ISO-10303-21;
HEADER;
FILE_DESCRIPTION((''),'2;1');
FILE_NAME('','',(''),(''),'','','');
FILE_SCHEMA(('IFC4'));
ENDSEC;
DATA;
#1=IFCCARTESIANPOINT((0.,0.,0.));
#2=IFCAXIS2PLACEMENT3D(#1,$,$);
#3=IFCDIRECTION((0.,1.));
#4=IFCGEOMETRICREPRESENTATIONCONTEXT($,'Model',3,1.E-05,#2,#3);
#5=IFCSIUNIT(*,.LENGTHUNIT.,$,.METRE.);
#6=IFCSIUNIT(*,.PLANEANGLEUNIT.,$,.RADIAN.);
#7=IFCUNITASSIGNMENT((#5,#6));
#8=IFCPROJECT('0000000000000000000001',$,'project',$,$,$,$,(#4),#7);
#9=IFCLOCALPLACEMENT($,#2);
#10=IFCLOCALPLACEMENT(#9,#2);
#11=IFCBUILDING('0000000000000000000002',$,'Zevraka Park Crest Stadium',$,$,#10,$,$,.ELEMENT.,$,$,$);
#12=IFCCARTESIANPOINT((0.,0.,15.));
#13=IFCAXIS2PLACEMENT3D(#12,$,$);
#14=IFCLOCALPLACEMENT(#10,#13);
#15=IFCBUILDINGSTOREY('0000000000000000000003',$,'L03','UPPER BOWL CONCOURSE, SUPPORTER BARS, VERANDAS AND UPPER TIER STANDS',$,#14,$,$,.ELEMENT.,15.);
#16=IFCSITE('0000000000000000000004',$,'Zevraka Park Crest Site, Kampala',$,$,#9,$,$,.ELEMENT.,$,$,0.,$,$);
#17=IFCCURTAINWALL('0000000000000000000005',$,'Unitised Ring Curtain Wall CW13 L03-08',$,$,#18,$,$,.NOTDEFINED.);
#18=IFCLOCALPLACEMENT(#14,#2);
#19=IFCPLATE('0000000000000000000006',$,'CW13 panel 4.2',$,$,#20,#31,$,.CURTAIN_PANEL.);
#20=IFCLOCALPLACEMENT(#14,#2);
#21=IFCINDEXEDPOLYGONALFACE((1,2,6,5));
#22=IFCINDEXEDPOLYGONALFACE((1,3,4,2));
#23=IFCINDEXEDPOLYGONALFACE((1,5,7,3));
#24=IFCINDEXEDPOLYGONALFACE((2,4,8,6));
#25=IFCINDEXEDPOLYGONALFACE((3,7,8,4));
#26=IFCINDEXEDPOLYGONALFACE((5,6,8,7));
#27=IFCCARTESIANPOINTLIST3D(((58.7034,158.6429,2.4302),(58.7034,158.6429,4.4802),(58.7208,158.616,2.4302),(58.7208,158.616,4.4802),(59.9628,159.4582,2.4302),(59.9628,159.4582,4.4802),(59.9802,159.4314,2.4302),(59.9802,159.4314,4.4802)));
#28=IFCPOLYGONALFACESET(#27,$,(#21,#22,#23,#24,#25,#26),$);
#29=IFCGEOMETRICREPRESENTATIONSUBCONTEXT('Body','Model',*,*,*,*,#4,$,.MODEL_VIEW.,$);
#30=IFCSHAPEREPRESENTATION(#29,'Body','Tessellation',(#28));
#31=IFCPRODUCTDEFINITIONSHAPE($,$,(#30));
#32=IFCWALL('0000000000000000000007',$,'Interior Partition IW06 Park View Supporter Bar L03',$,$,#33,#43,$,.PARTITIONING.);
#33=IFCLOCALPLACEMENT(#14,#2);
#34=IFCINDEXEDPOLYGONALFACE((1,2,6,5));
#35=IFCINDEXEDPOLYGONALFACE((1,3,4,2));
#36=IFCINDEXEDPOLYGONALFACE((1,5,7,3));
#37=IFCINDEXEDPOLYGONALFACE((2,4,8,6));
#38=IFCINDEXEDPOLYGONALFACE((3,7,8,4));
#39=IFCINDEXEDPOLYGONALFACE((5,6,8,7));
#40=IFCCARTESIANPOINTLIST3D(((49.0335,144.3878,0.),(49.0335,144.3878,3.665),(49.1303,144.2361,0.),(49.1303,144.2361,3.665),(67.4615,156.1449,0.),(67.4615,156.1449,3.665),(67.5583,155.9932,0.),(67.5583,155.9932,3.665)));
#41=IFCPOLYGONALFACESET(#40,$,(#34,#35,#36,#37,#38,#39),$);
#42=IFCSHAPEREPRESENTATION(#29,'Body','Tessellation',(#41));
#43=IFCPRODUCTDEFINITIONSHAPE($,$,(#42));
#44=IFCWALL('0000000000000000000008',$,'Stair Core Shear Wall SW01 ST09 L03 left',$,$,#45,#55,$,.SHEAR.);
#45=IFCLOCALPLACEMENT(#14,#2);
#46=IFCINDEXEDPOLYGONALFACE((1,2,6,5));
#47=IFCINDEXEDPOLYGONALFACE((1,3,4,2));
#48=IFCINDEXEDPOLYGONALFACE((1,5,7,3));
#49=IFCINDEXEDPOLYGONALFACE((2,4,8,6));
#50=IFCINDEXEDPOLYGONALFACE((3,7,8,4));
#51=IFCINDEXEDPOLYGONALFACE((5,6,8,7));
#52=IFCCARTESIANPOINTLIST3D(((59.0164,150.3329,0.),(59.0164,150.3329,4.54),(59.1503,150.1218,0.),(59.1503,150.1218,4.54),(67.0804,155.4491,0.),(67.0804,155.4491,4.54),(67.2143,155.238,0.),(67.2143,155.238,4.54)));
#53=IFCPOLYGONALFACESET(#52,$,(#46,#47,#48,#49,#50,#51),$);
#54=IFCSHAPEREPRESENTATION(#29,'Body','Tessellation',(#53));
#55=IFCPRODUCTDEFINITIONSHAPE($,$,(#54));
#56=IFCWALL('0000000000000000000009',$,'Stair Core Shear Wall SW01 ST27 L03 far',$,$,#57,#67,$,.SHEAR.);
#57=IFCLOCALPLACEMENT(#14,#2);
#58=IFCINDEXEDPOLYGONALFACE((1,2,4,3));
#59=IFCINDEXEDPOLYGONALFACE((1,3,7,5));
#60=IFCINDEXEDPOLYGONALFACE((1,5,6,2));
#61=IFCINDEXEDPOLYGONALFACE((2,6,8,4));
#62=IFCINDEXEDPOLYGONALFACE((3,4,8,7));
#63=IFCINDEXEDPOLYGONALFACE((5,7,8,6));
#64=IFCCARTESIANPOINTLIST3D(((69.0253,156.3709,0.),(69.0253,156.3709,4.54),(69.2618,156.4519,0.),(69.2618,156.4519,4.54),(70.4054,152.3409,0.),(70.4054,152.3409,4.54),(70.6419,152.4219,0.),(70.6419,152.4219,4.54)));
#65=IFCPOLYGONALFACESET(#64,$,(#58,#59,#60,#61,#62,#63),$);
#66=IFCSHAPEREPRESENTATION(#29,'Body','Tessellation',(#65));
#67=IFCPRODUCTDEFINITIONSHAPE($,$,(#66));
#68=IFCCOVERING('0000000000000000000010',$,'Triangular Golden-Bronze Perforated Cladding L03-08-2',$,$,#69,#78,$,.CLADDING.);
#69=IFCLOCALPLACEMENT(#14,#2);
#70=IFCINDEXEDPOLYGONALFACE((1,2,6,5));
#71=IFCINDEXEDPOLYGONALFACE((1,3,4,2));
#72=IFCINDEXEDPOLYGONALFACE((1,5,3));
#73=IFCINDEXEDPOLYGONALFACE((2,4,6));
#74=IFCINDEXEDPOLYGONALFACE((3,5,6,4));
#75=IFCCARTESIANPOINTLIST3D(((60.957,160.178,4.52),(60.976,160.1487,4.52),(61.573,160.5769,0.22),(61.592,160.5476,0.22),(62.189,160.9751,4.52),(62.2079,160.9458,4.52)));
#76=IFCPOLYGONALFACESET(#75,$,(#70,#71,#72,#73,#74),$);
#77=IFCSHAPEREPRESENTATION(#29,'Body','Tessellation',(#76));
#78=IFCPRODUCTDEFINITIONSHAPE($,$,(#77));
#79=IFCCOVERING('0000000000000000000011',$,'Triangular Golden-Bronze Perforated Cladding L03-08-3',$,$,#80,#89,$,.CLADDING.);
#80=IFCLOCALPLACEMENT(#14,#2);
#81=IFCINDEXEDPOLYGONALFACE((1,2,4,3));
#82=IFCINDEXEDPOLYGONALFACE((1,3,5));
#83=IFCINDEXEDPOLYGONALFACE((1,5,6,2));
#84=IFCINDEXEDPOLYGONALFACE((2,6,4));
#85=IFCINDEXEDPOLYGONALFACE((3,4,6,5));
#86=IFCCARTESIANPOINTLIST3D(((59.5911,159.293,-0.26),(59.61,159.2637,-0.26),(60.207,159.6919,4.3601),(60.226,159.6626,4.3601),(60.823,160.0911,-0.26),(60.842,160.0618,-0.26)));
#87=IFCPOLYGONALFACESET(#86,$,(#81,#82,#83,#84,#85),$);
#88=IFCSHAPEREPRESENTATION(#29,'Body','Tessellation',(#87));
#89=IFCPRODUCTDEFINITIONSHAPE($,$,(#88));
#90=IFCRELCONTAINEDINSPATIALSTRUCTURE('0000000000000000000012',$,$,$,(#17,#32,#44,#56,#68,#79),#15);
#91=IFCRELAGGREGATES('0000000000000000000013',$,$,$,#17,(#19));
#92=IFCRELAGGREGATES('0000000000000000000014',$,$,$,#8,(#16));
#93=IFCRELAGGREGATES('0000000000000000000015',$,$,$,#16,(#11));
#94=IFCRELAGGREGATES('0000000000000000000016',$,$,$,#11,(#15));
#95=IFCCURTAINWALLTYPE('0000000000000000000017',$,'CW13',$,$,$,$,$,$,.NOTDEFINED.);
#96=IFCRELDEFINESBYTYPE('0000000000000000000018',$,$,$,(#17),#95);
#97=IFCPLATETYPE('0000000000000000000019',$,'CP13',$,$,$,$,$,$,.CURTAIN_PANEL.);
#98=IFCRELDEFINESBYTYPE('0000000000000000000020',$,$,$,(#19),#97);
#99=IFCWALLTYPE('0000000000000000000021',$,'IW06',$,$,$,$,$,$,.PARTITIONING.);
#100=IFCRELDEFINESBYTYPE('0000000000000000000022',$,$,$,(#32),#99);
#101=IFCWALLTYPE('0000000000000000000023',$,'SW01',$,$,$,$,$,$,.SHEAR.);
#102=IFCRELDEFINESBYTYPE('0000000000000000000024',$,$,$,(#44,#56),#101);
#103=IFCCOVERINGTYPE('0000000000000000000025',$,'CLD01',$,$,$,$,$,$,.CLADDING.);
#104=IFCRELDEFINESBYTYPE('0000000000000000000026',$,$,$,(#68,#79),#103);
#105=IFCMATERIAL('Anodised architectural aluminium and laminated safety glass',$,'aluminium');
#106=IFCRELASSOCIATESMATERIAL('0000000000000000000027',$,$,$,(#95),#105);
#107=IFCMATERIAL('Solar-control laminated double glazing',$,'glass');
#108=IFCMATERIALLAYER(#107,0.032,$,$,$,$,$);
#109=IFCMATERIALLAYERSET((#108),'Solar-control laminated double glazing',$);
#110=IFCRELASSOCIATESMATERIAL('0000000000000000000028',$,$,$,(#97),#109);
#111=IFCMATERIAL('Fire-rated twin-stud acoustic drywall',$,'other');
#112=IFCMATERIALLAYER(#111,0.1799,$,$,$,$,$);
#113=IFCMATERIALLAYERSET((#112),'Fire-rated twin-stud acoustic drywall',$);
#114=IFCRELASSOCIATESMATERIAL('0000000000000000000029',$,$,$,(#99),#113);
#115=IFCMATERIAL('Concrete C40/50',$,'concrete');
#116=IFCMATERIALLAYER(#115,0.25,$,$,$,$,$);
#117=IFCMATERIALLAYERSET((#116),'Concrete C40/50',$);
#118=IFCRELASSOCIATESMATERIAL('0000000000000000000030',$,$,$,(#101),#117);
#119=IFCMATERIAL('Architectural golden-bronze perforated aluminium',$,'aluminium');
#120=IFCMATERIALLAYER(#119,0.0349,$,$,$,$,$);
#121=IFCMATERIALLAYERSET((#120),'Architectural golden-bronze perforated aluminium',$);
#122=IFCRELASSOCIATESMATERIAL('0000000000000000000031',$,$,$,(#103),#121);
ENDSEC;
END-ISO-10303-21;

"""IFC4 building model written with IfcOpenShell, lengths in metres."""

from ifc_helpers import new_model, si_unit, direction, frame, frame_2d, origin, origin_2d, place, context, subcontext, project, spatial, polyline, rectangle, outline, extrude, material, layer, layer_set, type_object, element, aggregate, save


model = new_model("IFC4")

# Units and contexts
model_context = context("Model", 3, precision=1e-05, world=origin(), true_north=direction((0.0, 1.0)))
body_context = subcontext(model_context, "Body", "Model", "MODEL_VIEW")
ifc_project = project(units=[si_unit("LENGTHUNIT", "METRE"), si_unit("PLANEANGLEUNIT", "RADIAN")], contexts=[model_context])

# Site, building, storey
site_placement = place(None, origin())
site = spatial("IfcSite", under=ifc_project, at=site_placement, Name="Zevraka Park Crest Site, Kampala", CompositionType="ELEMENT", RefElevation=0.0)
building_placement = place(site_placement, origin())
building = spatial("IfcBuilding", under=site, at=building_placement, Name="Zevraka Park Crest Stadium", CompositionType="ELEMENT")
storey_placement = place(building_placement, frame((0.0, 0.0, 15.0)))
storey = spatial("IfcBuildingStorey", under=building, at=storey_placement, Name="L03", Description="UPPER BOWL CONCOURSE, SUPPORTER BARS, VERANDAS AND UPPER TIER STANDS", CompositionType="ELEMENT", Elevation=15.0)

# Curtain wall
ifc_material_1 = material(Name="Anodised architectural aluminium and laminated safety glass", Category="aluminium")
curtain_wall_type = type_object("IfcCurtainWallType", Name="CW13", PredefinedType="NOTDEFINED", material=ifc_material_1)
curtain_wall_placement = place(storey_placement, origin())
curtain_wall = element("IfcCurtainWall", 1, at=curtain_wall_placement, inside=storey, type_object=curtain_wall_type, Name="Unitised Ring Curtain Wall CW13 L03-08", PredefinedType="NOTDEFINED")

# Plate
ifc_material_2 = material(Name="Solar-control laminated double glazing", Category="glass")
ifc_layer_1 = layer(ifc_material_2, 0.032)
ifc_layer_set_1 = layer_set([ifc_layer_1], Name="Solar-control laminated double glazing")
plate_type = type_object("IfcPlateType", Name="CP13", PredefinedType="CURTAIN_PANEL", material=ifc_layer_set_1)
plate_1_placement = place(storey_placement, frame((59.3418, 159.0371, 2.4302), z_axis=(0.0, 0.0, 1.0), x_axis=(-0.839429, -0.543469, 0.0)))
plate_1 = element("IfcPlate", 2, at=plate_1_placement, type_object=plate_type, Name="CW13 panel 4.2", PredefinedType="CURTAIN_PANEL", context=body_context, shape_type="SweptSolid", body=[
    extrude(rectangle(XDim=1.5002, YDim=0.032, at=origin_2d()), origin(), (0.0, 0.0, 1.0), 2.05),
])
aggregate(curtain_wall, [plate_1])

# Walls
ifc_material_3 = material(Name="Fire-rated twin-stud acoustic drywall", Category="other")
ifc_layer_2 = layer(ifc_material_3, 0.1799)
ifc_layer_set_2 = layer_set([ifc_layer_2], Name="Fire-rated twin-stud acoustic drywall")
wall_type_1 = type_object("IfcWallType", Name="IW06", PredefinedType="PARTITIONING", material=ifc_layer_set_2)
wall_1_placement = place(storey_placement, frame((67.51, 156.0691, 0.0), z_axis=(0.0, 0.0, 1.0), x_axis=(-0.843035, -0.537858, 0.0)))
element("IfcWall", 3, at=wall_1_placement, inside=storey, type_object=wall_type_1, Name="Interior Partition IW06 Park View Supporter Bar L03", PredefinedType="PARTITIONING", context=body_context, shape_type="SweptSolid", body=[
    extrude(rectangle(XDim=21.8591, YDim=0.1799, at=frame_2d((10.9297, 0.0))), origin(), (0.0, 0.0, 1.0), 3.665),
])
ifc_material_4 = material(Name="Concrete C40/50", Category="concrete")
ifc_layer_3 = layer(ifc_material_4, 0.25)
ifc_layer_set_3 = layer_set([ifc_layer_3], Name="Concrete C40/50")
wall_type_2 = type_object("IfcWallType", Name="SW01", PredefinedType="SHEAR", material=ifc_layer_set_3)
wall_2_placement = place(storey_placement, frame((67.1472, 155.3435, 0.0), z_axis=(0.0, 0.0, 1.0), x_axis=(-0.844391, -0.535727, 0.0)))
element("IfcWall", 4, at=wall_2_placement, inside=storey, type_object=wall_type_2, Name="Stair Core Shear Wall SW01 ST09 L03 left", PredefinedType="SHEAR", context=body_context, shape_type="SweptSolid", body=[
    extrude(rectangle(XDim=9.55, YDim=0.25, at=frame_2d((4.7749, 0.0))), origin(), (0.0, 0.0, 1.0), 4.54),
])
wall_3_placement = place(storey_placement, frame((69.1436, 156.4114, 0.0), z_axis=(0.0, 0.0, 1.0), x_axis=(0.323989, -0.946061, 0.0)))
element("IfcWall", 5, at=wall_3_placement, inside=storey, type_object=wall_type_2, Name="Stair Core Shear Wall SW01 ST27 L03 far", PredefinedType="SHEAR", context=body_context, shape_type="SweptSolid", body=[
    extrude(rectangle(XDim=4.2598, YDim=0.25, at=frame_2d((2.1299, 0.0))), origin(), (0.0, 0.0, 1.0), 4.54),
])

# Coverings
ifc_material_5 = material(Name="Architectural golden-bronze perforated aluminium", Category="aluminium")
ifc_layer_4 = layer(ifc_material_5, 0.0349)
ifc_layer_set_4 = layer_set([ifc_layer_4], Name="Architectural golden-bronze perforated aluminium")
covering_type = type_object("IfcCoveringType", Name="CLD01", PredefinedType="CLADDING", material=ifc_layer_set_4)
covering_1_placement = place(storey_placement, frame((60.957, 160.178, 4.52), z_axis=(-0.543244, 0.839575, 0.000072), x_axis=(0.839575, 0.543244, 0.0)))
element("IfcCovering", 6, at=covering_1_placement, inside=storey, type_object=covering_type, Name="Triangular Golden-Bronze Perforated Cladding L03-08-2", PredefinedType="CLADDING", context=body_context, shape_type="SweptSolid", body=[
    extrude(outline(polyline([(0.0, 0.0), (1.4673, 0.0), (0.7339, 4.3), (0.0, 0.0)])), origin(), (0.0, 0.0, -1.0), 0.0349),
])
covering_2_placement = place(storey_placement, frame((60.823, 160.0911, -0.26), z_axis=(-0.543713, 0.839271, 0.000022), x_axis=(-0.839271, -0.543713, 0.0)))
element("IfcCovering", 7, at=covering_2_placement, inside=storey, type_object=covering_type, Name="Triangular Golden-Bronze Perforated Cladding L03-08-3", PredefinedType="CLADDING", context=body_context, shape_type="SweptSolid", body=[
    extrude(outline(polyline([(0.0, 0.0), (1.4679, 0.0), (0.734, 4.6201), (0.0, 0.0)])), origin(), (0.0, 0.0, -1.0), 0.0349),
])

save(model, "model.ifc")
